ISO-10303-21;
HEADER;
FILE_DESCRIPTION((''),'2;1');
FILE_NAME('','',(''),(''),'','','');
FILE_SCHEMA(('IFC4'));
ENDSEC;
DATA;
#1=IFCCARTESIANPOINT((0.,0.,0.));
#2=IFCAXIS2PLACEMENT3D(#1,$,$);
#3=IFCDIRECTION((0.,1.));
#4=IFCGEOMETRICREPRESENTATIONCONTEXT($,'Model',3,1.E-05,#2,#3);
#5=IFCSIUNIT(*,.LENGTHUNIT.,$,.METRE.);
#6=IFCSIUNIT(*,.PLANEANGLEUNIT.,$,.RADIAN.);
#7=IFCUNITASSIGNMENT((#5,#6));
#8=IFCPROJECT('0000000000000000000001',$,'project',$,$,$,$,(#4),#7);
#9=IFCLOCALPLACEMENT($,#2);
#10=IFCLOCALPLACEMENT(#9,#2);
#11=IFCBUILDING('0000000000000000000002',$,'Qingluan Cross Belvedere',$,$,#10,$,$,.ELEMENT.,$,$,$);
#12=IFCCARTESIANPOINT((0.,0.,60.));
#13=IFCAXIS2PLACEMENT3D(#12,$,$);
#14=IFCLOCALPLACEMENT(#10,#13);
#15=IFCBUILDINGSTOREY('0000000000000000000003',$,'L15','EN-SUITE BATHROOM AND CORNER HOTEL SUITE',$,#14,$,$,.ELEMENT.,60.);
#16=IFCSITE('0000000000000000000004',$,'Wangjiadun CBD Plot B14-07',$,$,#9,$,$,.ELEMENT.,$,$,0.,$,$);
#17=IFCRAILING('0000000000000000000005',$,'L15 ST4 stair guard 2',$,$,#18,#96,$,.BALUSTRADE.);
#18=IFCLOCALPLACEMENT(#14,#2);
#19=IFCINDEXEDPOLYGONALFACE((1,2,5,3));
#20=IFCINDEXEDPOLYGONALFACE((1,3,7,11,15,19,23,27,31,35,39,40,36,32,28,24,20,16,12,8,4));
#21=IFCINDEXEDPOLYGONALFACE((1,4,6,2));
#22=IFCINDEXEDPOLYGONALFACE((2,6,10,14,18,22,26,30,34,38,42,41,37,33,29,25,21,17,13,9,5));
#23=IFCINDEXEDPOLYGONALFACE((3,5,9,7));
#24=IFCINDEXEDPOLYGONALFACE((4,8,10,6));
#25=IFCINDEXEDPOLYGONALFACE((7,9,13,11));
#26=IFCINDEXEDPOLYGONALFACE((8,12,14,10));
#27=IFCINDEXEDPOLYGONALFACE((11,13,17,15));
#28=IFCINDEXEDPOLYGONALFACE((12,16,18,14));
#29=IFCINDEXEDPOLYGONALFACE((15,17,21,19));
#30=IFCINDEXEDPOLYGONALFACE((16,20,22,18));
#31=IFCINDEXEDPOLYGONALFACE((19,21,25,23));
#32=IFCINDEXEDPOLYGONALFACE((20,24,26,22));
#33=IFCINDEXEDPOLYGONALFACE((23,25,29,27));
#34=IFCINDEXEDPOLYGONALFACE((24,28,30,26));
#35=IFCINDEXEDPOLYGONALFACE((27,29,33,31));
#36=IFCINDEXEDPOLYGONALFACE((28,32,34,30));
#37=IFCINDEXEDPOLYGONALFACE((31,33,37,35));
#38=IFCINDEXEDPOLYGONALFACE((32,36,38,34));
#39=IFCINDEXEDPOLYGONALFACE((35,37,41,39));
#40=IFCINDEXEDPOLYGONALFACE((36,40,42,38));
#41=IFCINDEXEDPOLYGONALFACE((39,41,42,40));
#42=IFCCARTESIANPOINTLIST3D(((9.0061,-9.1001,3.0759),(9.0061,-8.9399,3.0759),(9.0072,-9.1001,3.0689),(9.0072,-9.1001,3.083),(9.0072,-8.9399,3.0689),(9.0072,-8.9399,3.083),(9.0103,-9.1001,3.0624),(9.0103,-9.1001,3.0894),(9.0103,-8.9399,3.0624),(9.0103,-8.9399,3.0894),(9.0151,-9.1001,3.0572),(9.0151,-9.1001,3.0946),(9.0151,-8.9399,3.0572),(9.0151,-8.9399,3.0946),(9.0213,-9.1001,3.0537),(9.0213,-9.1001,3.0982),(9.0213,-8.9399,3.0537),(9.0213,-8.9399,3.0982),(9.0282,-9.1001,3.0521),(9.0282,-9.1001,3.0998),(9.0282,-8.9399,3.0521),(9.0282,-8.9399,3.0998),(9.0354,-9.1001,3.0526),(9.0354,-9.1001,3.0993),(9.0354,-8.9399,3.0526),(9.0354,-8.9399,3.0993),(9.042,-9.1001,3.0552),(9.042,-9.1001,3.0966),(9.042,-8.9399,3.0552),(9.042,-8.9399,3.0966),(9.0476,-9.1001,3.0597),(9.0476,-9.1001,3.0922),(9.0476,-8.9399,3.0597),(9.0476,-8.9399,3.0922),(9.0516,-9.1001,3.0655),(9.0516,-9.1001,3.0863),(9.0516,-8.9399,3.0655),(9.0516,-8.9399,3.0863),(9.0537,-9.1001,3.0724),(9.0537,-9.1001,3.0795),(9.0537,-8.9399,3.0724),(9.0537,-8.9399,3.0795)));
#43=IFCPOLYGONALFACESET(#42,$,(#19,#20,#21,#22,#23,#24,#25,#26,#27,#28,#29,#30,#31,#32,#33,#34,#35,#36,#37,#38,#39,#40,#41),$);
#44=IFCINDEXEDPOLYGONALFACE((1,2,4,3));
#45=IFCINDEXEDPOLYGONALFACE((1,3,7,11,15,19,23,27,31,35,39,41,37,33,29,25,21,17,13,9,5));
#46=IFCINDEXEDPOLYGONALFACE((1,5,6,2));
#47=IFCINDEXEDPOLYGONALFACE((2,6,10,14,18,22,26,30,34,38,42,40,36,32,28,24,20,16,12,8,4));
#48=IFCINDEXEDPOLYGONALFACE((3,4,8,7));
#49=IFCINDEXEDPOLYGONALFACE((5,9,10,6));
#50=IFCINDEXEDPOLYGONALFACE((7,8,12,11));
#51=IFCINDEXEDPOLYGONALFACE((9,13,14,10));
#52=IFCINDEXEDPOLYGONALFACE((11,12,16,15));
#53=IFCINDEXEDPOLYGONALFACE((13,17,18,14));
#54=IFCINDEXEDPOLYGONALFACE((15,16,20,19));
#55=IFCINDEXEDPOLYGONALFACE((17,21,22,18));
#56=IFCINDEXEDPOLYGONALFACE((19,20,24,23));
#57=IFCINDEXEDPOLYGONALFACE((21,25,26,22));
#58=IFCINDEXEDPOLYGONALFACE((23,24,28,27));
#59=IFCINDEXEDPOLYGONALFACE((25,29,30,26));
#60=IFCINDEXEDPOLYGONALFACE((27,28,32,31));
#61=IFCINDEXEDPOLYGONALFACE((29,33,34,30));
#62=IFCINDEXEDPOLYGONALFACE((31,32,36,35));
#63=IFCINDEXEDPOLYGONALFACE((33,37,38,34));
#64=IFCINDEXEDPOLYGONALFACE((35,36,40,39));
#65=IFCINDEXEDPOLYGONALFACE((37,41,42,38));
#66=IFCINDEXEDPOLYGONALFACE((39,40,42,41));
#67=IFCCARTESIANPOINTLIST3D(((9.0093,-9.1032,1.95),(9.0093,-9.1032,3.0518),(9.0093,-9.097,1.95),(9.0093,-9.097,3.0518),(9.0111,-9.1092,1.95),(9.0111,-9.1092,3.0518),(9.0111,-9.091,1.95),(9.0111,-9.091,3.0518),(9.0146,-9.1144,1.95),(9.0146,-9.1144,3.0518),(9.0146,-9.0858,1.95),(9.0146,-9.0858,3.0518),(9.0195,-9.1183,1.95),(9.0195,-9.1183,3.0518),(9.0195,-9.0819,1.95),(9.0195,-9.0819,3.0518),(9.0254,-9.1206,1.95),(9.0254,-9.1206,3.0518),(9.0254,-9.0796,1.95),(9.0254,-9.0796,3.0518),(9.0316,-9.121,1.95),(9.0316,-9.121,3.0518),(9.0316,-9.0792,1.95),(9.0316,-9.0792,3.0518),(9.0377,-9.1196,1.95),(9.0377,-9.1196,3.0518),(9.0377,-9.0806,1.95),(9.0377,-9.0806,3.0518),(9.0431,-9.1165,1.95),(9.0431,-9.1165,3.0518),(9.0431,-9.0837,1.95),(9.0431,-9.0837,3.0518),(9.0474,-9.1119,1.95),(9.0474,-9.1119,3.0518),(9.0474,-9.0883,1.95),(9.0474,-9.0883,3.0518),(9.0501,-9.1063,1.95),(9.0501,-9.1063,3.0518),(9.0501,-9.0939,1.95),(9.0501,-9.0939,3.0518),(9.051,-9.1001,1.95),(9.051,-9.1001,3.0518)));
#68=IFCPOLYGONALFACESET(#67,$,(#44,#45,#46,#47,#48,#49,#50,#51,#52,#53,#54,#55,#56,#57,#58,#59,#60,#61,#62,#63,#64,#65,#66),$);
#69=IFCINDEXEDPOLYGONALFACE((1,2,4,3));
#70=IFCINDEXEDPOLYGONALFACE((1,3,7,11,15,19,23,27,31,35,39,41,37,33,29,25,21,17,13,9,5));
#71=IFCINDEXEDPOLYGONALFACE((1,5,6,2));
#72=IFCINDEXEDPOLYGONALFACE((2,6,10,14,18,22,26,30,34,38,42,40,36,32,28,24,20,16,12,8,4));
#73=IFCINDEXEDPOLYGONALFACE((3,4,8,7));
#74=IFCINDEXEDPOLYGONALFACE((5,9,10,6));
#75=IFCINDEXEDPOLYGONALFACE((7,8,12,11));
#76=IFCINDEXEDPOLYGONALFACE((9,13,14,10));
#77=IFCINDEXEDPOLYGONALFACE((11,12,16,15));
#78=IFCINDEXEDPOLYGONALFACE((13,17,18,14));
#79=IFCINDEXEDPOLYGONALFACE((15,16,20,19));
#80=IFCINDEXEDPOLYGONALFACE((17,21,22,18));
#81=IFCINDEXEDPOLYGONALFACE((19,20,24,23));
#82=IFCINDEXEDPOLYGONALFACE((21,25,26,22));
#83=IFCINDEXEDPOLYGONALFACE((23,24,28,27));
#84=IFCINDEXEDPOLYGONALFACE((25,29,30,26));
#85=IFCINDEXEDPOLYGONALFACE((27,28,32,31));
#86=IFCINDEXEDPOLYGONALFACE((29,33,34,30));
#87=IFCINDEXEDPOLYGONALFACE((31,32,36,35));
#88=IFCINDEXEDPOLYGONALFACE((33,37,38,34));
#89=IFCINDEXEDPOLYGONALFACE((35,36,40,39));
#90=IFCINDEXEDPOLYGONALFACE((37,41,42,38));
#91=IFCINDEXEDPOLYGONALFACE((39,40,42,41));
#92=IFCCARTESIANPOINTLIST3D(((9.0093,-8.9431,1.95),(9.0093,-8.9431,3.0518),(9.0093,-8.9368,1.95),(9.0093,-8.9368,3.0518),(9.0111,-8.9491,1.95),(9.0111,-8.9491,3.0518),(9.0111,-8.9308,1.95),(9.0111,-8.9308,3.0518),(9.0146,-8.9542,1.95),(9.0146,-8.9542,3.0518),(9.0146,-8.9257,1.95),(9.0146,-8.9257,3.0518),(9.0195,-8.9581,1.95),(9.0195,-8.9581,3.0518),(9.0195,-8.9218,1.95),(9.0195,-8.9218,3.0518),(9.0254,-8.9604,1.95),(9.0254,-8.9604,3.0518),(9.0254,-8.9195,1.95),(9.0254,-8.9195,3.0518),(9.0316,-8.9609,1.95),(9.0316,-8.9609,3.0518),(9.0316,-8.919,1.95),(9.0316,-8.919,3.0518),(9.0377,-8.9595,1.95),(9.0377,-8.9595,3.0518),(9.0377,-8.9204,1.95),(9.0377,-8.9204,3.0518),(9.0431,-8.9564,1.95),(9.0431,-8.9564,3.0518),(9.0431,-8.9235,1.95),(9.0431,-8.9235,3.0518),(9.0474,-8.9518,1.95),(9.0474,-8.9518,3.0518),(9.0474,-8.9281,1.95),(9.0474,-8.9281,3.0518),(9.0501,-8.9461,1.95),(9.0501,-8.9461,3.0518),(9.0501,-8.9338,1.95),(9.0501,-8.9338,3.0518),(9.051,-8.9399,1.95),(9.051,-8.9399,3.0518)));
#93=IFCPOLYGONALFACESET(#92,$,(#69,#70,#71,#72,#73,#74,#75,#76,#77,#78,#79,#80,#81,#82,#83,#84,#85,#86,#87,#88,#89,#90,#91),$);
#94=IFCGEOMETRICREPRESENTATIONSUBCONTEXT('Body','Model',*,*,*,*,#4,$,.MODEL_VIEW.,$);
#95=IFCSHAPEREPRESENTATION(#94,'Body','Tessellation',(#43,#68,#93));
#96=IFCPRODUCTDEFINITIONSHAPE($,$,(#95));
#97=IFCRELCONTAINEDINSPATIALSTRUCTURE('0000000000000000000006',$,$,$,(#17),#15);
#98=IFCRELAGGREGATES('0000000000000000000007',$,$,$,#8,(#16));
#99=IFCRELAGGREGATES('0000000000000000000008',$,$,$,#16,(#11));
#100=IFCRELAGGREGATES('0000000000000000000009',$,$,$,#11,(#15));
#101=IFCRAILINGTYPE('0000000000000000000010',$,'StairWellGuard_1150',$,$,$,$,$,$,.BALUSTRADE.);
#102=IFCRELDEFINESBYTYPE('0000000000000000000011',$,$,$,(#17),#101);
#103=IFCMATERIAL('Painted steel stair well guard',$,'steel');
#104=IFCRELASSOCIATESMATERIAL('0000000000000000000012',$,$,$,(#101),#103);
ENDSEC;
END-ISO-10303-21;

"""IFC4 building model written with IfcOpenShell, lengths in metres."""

from ifc_helpers import new_model, si_unit, direction, frame, origin, origin_2d, place, context, subcontext, project, spatial, circle, extrude, material, type_object, element, save


model = new_model("IFC4")

# Units and contexts
model_context = context("Model", 3, precision=1e-05, world=origin(), true_north=direction((0.0, 1.0)))
body_context = subcontext(model_context, "Body", "Model", "MODEL_VIEW")
ifc_project = project(units=[si_unit("LENGTHUNIT", "METRE"), si_unit("PLANEANGLEUNIT", "RADIAN")], contexts=[model_context])

# Site, building, storey
site_placement = place(None, origin())
site = spatial("IfcSite", under=ifc_project, at=site_placement, Name="Wangjiadun CBD Plot B14-07", CompositionType="ELEMENT", RefElevation=0.0)
building_placement = place(site_placement, origin())
building = spatial("IfcBuilding", under=site, at=building_placement, Name="Qingluan Cross Belvedere", CompositionType="ELEMENT")
storey_placement = place(building_placement, frame((0.0, 0.0, 60.0)))
storey = spatial("IfcBuildingStorey", under=building, at=storey_placement, Name="L15", Description="EN-SUITE BATHROOM AND CORNER HOTEL SUITE", CompositionType="ELEMENT", Elevation=60.0)

# Railing
ifc_material_1 = material(Name="Painted steel stair well guard", Category="steel")
railing_type_1 = type_object("IfcRailingType", Name="StairWellGuard_1150", PredefinedType="BALUSTRADE", material=ifc_material_1)
railing_1_placement = place(storey_placement, frame((9.03, -9.1001, 1.95)))
element("IfcRailing", 1, at=railing_1_placement, inside=storey, type_object=railing_type_1, Name="L15 ST4 stair guard 2", PredefinedType="BALUSTRADE", context=body_context, shape_type="SweptSolid", body=[
    extrude(circle(Radius=0.0239, at=origin_2d()), frame((0.0, 0.0, 1.126), z_axis=(0.0, 1.0, 0.0), x_axis=(-1.0, 0.0, 0.0)), (0.0, 0.0, 1.0), 0.1602),
    extrude(circle(Radius=0.021, at=origin_2d()), origin(), (0.0, 0.0, 1.0), 1.1018),
    extrude(circle(Radius=0.021, at=origin_2d()), frame((0.0, 0.1602, 0.0)), (0.0, 0.0, 1.0), 1.1018),
])

save(model, "model.ifc")
